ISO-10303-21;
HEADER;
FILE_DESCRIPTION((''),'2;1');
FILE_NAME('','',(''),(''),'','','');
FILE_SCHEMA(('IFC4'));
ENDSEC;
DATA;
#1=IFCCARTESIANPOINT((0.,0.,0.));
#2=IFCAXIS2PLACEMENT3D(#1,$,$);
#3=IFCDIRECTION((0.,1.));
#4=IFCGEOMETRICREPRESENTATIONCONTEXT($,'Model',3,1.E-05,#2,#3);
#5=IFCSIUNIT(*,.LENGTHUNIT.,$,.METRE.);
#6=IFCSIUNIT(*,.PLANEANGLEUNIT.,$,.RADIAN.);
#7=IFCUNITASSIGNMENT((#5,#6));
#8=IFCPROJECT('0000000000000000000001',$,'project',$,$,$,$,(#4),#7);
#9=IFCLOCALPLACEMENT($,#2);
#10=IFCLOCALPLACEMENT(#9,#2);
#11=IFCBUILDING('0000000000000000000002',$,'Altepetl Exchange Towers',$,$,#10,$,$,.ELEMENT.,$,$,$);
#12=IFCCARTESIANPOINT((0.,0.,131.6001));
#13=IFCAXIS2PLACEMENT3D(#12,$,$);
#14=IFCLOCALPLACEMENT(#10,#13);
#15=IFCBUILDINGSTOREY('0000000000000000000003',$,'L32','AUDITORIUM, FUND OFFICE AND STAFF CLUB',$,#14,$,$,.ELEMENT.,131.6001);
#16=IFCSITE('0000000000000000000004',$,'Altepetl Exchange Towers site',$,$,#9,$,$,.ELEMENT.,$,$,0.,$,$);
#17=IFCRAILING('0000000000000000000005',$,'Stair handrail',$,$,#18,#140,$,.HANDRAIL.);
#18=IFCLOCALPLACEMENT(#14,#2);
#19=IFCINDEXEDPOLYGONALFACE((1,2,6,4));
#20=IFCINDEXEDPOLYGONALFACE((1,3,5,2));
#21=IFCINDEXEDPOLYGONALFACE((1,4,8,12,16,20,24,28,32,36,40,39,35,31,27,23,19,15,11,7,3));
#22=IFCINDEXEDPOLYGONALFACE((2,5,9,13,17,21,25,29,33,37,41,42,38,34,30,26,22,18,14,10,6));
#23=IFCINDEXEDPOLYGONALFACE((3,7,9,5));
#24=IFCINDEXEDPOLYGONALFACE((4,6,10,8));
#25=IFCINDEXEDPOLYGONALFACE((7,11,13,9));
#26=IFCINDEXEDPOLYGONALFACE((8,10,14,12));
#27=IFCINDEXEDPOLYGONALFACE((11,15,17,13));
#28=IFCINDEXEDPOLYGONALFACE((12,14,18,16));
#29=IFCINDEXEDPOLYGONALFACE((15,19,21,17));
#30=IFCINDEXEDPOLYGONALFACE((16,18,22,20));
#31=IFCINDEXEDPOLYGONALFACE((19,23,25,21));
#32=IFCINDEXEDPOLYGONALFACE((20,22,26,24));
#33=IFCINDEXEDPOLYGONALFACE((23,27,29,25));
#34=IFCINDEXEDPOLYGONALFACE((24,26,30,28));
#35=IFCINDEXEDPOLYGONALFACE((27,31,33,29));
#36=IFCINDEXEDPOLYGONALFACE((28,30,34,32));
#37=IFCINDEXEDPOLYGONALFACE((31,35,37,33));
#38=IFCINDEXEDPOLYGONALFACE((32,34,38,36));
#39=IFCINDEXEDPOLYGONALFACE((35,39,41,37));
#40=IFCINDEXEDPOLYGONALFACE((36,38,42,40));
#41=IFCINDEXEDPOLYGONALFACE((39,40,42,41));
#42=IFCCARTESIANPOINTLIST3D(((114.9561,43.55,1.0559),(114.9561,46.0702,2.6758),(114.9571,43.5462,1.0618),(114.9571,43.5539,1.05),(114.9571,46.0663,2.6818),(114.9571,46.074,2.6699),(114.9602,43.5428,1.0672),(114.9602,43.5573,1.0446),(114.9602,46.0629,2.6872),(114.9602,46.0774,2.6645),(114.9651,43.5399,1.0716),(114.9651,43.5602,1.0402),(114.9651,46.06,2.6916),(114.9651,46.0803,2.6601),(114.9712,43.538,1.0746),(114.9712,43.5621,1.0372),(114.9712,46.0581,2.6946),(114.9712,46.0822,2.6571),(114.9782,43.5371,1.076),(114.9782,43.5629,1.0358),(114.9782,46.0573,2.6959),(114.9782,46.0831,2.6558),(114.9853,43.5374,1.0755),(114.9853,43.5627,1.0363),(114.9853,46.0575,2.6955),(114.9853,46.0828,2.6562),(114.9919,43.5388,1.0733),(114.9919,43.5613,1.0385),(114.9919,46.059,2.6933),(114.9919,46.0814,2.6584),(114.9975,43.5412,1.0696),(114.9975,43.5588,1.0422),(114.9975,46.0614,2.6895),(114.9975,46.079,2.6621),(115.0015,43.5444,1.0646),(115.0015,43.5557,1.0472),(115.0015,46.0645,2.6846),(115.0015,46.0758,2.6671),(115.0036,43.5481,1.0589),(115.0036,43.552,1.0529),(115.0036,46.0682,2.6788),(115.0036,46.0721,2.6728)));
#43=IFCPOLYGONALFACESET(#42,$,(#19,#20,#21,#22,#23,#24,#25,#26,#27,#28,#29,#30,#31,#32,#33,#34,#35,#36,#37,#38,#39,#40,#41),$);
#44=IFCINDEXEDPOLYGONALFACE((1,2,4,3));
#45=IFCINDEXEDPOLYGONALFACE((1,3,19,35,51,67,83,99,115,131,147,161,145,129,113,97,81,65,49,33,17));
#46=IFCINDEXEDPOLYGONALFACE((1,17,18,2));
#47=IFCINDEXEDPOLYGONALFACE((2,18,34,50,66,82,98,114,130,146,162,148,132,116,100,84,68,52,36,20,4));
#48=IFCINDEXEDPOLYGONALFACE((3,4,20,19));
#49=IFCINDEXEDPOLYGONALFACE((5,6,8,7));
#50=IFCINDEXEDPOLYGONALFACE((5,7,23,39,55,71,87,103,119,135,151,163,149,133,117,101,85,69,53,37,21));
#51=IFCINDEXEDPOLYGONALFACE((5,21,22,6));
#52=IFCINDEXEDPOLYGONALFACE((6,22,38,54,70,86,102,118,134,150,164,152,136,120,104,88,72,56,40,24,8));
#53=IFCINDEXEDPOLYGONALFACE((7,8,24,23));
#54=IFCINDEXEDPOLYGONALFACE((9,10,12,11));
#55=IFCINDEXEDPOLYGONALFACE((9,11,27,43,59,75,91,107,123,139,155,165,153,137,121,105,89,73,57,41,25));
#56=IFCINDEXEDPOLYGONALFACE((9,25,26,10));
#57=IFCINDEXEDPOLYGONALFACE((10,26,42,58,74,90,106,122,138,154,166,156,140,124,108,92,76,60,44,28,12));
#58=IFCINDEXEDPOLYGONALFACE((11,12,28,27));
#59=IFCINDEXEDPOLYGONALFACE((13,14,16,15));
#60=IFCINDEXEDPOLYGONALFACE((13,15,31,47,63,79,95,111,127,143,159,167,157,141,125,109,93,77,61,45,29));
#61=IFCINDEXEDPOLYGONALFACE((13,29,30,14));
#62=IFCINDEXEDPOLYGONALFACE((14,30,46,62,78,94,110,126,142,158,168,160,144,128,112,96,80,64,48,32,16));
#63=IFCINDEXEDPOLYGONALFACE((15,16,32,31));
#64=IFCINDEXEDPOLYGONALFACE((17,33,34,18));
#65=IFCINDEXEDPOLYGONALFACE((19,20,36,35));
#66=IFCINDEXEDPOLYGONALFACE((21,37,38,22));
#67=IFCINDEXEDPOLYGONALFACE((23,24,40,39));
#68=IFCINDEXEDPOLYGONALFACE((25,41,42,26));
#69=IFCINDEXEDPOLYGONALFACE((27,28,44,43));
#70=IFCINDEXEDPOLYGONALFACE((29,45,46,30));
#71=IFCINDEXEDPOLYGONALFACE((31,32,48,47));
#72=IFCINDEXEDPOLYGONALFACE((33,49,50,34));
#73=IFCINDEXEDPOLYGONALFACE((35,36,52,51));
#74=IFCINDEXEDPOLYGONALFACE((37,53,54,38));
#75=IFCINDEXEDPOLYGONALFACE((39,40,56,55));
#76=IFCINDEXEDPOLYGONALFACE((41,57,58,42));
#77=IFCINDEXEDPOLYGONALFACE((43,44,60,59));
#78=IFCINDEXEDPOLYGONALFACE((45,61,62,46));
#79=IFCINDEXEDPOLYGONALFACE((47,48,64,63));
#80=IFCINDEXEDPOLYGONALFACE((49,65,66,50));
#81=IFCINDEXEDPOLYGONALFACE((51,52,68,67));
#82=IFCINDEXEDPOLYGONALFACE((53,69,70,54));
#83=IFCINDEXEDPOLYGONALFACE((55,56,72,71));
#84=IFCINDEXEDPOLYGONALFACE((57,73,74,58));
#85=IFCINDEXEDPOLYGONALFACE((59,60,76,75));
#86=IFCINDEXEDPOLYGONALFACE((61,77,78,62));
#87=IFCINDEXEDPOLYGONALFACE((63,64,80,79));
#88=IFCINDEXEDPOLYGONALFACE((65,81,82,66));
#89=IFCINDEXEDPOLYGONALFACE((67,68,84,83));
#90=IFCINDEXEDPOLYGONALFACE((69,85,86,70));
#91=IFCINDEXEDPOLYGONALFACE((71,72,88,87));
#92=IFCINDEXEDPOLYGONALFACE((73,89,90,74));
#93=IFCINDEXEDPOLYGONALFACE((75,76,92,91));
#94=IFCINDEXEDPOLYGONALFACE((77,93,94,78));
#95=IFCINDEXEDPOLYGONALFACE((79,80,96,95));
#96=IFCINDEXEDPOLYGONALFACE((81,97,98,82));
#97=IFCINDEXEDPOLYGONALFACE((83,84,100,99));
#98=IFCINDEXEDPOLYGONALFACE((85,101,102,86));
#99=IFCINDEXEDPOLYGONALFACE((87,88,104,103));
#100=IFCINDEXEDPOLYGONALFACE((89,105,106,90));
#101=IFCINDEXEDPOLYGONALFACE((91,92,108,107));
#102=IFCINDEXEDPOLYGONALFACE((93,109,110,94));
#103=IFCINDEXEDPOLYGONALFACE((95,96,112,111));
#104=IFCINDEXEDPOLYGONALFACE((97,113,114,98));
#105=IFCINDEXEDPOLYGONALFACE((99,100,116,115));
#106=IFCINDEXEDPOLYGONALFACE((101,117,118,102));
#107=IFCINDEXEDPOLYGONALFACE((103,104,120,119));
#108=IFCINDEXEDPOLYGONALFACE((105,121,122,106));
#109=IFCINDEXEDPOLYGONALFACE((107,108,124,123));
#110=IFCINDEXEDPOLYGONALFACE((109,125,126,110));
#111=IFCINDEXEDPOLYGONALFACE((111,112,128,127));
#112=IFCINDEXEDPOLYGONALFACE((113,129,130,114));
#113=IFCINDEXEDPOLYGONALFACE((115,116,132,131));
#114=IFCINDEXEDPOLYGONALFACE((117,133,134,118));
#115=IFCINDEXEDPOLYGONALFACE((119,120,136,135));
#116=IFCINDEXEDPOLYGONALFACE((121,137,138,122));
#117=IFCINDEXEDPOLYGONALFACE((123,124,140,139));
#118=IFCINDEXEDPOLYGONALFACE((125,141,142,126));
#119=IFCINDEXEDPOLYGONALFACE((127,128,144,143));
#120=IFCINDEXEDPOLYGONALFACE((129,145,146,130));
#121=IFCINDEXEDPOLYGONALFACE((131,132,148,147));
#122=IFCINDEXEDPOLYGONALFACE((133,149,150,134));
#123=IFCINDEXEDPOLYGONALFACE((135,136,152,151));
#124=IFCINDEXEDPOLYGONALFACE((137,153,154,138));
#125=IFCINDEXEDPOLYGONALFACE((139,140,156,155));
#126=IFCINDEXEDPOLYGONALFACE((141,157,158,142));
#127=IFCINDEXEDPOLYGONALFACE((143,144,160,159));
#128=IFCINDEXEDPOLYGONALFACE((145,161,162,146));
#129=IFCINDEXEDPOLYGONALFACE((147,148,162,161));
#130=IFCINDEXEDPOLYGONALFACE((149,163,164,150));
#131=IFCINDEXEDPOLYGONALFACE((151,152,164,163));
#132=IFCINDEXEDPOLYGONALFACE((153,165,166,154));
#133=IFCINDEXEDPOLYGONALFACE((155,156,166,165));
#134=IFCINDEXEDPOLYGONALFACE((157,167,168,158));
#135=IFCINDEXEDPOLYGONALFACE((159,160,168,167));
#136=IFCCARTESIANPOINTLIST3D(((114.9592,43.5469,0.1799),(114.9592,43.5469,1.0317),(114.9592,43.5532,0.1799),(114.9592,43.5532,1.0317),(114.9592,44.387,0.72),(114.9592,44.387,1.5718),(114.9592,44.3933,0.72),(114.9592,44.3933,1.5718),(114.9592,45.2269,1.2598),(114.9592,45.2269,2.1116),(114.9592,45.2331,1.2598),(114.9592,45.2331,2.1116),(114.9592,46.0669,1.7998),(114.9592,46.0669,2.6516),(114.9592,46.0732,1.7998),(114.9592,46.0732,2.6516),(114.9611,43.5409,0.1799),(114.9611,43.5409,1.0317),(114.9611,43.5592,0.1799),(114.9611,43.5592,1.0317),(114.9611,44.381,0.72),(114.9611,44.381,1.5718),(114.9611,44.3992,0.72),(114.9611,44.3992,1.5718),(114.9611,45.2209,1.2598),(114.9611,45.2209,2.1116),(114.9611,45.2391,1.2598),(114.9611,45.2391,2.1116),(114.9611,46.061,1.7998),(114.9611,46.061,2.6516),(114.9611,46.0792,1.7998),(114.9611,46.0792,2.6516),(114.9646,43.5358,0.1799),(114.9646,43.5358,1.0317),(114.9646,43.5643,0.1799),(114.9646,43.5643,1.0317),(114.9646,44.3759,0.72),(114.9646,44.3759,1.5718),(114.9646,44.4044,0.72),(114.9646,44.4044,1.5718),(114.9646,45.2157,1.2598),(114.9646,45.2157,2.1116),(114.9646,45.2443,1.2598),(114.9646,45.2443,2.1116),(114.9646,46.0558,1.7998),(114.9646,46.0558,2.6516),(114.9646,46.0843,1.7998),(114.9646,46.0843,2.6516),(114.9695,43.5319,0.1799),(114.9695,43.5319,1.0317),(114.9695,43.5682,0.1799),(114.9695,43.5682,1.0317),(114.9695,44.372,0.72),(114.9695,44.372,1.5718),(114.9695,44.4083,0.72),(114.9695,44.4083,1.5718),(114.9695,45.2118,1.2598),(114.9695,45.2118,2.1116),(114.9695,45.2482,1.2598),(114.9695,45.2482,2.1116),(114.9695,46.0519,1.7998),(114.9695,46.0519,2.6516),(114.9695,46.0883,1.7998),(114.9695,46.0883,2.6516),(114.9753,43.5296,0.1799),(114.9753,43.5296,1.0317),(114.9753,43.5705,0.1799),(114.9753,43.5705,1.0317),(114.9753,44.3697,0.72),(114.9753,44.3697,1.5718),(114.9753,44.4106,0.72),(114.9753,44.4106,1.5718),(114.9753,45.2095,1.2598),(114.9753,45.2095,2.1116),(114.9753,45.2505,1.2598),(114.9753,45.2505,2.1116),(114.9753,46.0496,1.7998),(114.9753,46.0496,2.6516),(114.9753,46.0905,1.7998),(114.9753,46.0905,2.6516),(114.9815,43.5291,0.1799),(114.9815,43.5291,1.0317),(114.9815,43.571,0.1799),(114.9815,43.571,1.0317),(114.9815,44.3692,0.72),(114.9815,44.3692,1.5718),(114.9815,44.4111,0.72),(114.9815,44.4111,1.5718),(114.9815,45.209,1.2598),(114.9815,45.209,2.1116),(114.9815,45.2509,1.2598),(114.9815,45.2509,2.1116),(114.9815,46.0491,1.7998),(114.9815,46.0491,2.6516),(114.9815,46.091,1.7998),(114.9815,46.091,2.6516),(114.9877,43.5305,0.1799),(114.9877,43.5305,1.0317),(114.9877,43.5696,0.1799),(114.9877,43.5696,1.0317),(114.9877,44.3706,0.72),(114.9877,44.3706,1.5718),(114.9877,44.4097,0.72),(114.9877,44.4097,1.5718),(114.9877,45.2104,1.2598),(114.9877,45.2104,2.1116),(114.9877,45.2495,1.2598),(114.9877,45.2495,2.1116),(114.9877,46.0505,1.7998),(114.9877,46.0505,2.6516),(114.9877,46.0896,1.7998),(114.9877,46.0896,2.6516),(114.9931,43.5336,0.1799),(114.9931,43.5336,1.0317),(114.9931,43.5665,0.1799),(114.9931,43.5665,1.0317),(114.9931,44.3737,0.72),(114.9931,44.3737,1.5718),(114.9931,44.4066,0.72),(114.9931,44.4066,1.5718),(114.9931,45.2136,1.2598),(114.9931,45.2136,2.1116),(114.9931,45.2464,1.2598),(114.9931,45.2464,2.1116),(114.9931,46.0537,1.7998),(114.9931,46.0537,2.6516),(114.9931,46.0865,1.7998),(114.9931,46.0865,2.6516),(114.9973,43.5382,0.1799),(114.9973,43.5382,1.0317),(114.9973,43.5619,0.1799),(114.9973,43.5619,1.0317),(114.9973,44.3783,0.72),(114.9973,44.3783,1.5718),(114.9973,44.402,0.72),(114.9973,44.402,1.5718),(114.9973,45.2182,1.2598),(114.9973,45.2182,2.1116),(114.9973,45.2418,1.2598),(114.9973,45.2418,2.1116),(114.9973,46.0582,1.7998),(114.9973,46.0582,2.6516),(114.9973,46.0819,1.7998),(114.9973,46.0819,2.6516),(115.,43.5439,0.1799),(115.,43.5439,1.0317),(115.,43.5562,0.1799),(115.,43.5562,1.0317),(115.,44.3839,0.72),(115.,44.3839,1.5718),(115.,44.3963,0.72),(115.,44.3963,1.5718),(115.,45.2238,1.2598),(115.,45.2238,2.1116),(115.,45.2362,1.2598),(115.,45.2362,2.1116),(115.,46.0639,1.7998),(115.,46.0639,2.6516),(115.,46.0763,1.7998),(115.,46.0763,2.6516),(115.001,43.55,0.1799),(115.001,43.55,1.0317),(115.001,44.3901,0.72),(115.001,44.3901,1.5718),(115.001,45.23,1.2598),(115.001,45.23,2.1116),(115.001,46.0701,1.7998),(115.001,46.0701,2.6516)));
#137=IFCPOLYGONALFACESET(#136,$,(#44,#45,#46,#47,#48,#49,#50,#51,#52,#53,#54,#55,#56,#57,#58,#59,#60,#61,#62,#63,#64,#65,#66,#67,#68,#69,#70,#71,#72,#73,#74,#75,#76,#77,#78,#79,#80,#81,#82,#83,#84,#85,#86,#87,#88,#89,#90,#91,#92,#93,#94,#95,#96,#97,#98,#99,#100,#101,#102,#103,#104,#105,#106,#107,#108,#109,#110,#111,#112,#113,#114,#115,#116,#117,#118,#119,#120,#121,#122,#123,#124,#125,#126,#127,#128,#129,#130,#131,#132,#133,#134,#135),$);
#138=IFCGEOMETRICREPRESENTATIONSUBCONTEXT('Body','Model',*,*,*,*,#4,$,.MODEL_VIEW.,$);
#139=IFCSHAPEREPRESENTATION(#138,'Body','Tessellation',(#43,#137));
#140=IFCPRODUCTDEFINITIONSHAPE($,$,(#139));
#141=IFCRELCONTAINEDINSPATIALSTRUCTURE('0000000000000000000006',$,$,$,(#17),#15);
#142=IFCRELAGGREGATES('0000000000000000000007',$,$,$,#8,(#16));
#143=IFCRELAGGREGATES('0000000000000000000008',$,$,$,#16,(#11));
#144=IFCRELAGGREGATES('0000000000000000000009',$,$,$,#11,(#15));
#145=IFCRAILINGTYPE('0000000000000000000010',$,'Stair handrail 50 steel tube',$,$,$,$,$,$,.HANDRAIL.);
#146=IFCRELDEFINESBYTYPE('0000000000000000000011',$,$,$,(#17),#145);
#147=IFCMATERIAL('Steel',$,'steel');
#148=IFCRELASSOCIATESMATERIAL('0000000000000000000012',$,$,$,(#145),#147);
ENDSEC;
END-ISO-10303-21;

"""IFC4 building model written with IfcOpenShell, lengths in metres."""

from ifc_helpers import new_model, si_unit, direction, frame, origin, origin_2d, place, context, subcontext, project, spatial, circle, extrude, source, transform, mapped, material, type_object, element, save


model = new_model("IFC4")

# Units and contexts
model_context = context("Model", 3, precision=1e-05, world=origin(), true_north=direction((0.0, 1.0)))
body_context = subcontext(model_context, "Body", "Model", "MODEL_VIEW")
ifc_project = project(units=[si_unit("LENGTHUNIT", "METRE"), si_unit("PLANEANGLEUNIT", "RADIAN")], contexts=[model_context])

# Site, building, storey
site_placement = place(None, origin())
site = spatial("IfcSite", under=ifc_project, at=site_placement, Name="Altepetl Exchange Towers site", CompositionType="ELEMENT", RefElevation=0.0)
building_placement = place(site_placement, origin())
building = spatial("IfcBuilding", under=site, at=building_placement, Name="Altepetl Exchange Towers", CompositionType="ELEMENT")
storey_placement = place(building_placement, frame((0.0, 0.0, 131.6001)))
storey = spatial("IfcBuildingStorey", under=building, at=storey_placement, Name="L32", Description="AUDITORIUM, FUND OFFICE AND STAFF CLUB", CompositionType="ELEMENT", Elevation=131.6001)

# Railing
ifc_material_1 = material(Name="Steel", Category="steel")
railing_type = type_object("IfcRailingType", Name="Stair handrail 50 steel tube", PredefinedType="HANDRAIL", material=ifc_material_1)
shared_shape = source(origin(), body_context, "Body", "SweptSolid", [
    extrude(circle(Radius=0.021, at=origin_2d()), origin(), (0.0, 0.0, 1.0), 0.8518),
])
railing_1_placement = place(storey_placement, frame((114.98, 43.55, 0.1799)))
element("IfcRailing", 1, at=railing_1_placement, inside=storey, type_object=railing_type, Name="Stair handrail", PredefinedType="HANDRAIL", context=body_context, shape_type="SweptSolid", body=[
    extrude(circle(Radius=0.0239, at=origin_2d()), frame((0.0, 0.0, 0.876), z_axis=(0.0, 0.8412, 0.540725), x_axis=(-1.0, 0.0, 0.0)), (0.0, 0.0, 1.0), 2.9958),
    mapped(shared_shape, transform((0.0, 0.0, 0.0))),
    mapped(shared_shape, transform((0.0, 0.8401, 0.54))),
    mapped(shared_shape, transform((0.0, 1.6799, 1.0798))),
    mapped(shared_shape, transform((0.0, 2.52, 1.6199))),
])

save(model, "model.ifc")
